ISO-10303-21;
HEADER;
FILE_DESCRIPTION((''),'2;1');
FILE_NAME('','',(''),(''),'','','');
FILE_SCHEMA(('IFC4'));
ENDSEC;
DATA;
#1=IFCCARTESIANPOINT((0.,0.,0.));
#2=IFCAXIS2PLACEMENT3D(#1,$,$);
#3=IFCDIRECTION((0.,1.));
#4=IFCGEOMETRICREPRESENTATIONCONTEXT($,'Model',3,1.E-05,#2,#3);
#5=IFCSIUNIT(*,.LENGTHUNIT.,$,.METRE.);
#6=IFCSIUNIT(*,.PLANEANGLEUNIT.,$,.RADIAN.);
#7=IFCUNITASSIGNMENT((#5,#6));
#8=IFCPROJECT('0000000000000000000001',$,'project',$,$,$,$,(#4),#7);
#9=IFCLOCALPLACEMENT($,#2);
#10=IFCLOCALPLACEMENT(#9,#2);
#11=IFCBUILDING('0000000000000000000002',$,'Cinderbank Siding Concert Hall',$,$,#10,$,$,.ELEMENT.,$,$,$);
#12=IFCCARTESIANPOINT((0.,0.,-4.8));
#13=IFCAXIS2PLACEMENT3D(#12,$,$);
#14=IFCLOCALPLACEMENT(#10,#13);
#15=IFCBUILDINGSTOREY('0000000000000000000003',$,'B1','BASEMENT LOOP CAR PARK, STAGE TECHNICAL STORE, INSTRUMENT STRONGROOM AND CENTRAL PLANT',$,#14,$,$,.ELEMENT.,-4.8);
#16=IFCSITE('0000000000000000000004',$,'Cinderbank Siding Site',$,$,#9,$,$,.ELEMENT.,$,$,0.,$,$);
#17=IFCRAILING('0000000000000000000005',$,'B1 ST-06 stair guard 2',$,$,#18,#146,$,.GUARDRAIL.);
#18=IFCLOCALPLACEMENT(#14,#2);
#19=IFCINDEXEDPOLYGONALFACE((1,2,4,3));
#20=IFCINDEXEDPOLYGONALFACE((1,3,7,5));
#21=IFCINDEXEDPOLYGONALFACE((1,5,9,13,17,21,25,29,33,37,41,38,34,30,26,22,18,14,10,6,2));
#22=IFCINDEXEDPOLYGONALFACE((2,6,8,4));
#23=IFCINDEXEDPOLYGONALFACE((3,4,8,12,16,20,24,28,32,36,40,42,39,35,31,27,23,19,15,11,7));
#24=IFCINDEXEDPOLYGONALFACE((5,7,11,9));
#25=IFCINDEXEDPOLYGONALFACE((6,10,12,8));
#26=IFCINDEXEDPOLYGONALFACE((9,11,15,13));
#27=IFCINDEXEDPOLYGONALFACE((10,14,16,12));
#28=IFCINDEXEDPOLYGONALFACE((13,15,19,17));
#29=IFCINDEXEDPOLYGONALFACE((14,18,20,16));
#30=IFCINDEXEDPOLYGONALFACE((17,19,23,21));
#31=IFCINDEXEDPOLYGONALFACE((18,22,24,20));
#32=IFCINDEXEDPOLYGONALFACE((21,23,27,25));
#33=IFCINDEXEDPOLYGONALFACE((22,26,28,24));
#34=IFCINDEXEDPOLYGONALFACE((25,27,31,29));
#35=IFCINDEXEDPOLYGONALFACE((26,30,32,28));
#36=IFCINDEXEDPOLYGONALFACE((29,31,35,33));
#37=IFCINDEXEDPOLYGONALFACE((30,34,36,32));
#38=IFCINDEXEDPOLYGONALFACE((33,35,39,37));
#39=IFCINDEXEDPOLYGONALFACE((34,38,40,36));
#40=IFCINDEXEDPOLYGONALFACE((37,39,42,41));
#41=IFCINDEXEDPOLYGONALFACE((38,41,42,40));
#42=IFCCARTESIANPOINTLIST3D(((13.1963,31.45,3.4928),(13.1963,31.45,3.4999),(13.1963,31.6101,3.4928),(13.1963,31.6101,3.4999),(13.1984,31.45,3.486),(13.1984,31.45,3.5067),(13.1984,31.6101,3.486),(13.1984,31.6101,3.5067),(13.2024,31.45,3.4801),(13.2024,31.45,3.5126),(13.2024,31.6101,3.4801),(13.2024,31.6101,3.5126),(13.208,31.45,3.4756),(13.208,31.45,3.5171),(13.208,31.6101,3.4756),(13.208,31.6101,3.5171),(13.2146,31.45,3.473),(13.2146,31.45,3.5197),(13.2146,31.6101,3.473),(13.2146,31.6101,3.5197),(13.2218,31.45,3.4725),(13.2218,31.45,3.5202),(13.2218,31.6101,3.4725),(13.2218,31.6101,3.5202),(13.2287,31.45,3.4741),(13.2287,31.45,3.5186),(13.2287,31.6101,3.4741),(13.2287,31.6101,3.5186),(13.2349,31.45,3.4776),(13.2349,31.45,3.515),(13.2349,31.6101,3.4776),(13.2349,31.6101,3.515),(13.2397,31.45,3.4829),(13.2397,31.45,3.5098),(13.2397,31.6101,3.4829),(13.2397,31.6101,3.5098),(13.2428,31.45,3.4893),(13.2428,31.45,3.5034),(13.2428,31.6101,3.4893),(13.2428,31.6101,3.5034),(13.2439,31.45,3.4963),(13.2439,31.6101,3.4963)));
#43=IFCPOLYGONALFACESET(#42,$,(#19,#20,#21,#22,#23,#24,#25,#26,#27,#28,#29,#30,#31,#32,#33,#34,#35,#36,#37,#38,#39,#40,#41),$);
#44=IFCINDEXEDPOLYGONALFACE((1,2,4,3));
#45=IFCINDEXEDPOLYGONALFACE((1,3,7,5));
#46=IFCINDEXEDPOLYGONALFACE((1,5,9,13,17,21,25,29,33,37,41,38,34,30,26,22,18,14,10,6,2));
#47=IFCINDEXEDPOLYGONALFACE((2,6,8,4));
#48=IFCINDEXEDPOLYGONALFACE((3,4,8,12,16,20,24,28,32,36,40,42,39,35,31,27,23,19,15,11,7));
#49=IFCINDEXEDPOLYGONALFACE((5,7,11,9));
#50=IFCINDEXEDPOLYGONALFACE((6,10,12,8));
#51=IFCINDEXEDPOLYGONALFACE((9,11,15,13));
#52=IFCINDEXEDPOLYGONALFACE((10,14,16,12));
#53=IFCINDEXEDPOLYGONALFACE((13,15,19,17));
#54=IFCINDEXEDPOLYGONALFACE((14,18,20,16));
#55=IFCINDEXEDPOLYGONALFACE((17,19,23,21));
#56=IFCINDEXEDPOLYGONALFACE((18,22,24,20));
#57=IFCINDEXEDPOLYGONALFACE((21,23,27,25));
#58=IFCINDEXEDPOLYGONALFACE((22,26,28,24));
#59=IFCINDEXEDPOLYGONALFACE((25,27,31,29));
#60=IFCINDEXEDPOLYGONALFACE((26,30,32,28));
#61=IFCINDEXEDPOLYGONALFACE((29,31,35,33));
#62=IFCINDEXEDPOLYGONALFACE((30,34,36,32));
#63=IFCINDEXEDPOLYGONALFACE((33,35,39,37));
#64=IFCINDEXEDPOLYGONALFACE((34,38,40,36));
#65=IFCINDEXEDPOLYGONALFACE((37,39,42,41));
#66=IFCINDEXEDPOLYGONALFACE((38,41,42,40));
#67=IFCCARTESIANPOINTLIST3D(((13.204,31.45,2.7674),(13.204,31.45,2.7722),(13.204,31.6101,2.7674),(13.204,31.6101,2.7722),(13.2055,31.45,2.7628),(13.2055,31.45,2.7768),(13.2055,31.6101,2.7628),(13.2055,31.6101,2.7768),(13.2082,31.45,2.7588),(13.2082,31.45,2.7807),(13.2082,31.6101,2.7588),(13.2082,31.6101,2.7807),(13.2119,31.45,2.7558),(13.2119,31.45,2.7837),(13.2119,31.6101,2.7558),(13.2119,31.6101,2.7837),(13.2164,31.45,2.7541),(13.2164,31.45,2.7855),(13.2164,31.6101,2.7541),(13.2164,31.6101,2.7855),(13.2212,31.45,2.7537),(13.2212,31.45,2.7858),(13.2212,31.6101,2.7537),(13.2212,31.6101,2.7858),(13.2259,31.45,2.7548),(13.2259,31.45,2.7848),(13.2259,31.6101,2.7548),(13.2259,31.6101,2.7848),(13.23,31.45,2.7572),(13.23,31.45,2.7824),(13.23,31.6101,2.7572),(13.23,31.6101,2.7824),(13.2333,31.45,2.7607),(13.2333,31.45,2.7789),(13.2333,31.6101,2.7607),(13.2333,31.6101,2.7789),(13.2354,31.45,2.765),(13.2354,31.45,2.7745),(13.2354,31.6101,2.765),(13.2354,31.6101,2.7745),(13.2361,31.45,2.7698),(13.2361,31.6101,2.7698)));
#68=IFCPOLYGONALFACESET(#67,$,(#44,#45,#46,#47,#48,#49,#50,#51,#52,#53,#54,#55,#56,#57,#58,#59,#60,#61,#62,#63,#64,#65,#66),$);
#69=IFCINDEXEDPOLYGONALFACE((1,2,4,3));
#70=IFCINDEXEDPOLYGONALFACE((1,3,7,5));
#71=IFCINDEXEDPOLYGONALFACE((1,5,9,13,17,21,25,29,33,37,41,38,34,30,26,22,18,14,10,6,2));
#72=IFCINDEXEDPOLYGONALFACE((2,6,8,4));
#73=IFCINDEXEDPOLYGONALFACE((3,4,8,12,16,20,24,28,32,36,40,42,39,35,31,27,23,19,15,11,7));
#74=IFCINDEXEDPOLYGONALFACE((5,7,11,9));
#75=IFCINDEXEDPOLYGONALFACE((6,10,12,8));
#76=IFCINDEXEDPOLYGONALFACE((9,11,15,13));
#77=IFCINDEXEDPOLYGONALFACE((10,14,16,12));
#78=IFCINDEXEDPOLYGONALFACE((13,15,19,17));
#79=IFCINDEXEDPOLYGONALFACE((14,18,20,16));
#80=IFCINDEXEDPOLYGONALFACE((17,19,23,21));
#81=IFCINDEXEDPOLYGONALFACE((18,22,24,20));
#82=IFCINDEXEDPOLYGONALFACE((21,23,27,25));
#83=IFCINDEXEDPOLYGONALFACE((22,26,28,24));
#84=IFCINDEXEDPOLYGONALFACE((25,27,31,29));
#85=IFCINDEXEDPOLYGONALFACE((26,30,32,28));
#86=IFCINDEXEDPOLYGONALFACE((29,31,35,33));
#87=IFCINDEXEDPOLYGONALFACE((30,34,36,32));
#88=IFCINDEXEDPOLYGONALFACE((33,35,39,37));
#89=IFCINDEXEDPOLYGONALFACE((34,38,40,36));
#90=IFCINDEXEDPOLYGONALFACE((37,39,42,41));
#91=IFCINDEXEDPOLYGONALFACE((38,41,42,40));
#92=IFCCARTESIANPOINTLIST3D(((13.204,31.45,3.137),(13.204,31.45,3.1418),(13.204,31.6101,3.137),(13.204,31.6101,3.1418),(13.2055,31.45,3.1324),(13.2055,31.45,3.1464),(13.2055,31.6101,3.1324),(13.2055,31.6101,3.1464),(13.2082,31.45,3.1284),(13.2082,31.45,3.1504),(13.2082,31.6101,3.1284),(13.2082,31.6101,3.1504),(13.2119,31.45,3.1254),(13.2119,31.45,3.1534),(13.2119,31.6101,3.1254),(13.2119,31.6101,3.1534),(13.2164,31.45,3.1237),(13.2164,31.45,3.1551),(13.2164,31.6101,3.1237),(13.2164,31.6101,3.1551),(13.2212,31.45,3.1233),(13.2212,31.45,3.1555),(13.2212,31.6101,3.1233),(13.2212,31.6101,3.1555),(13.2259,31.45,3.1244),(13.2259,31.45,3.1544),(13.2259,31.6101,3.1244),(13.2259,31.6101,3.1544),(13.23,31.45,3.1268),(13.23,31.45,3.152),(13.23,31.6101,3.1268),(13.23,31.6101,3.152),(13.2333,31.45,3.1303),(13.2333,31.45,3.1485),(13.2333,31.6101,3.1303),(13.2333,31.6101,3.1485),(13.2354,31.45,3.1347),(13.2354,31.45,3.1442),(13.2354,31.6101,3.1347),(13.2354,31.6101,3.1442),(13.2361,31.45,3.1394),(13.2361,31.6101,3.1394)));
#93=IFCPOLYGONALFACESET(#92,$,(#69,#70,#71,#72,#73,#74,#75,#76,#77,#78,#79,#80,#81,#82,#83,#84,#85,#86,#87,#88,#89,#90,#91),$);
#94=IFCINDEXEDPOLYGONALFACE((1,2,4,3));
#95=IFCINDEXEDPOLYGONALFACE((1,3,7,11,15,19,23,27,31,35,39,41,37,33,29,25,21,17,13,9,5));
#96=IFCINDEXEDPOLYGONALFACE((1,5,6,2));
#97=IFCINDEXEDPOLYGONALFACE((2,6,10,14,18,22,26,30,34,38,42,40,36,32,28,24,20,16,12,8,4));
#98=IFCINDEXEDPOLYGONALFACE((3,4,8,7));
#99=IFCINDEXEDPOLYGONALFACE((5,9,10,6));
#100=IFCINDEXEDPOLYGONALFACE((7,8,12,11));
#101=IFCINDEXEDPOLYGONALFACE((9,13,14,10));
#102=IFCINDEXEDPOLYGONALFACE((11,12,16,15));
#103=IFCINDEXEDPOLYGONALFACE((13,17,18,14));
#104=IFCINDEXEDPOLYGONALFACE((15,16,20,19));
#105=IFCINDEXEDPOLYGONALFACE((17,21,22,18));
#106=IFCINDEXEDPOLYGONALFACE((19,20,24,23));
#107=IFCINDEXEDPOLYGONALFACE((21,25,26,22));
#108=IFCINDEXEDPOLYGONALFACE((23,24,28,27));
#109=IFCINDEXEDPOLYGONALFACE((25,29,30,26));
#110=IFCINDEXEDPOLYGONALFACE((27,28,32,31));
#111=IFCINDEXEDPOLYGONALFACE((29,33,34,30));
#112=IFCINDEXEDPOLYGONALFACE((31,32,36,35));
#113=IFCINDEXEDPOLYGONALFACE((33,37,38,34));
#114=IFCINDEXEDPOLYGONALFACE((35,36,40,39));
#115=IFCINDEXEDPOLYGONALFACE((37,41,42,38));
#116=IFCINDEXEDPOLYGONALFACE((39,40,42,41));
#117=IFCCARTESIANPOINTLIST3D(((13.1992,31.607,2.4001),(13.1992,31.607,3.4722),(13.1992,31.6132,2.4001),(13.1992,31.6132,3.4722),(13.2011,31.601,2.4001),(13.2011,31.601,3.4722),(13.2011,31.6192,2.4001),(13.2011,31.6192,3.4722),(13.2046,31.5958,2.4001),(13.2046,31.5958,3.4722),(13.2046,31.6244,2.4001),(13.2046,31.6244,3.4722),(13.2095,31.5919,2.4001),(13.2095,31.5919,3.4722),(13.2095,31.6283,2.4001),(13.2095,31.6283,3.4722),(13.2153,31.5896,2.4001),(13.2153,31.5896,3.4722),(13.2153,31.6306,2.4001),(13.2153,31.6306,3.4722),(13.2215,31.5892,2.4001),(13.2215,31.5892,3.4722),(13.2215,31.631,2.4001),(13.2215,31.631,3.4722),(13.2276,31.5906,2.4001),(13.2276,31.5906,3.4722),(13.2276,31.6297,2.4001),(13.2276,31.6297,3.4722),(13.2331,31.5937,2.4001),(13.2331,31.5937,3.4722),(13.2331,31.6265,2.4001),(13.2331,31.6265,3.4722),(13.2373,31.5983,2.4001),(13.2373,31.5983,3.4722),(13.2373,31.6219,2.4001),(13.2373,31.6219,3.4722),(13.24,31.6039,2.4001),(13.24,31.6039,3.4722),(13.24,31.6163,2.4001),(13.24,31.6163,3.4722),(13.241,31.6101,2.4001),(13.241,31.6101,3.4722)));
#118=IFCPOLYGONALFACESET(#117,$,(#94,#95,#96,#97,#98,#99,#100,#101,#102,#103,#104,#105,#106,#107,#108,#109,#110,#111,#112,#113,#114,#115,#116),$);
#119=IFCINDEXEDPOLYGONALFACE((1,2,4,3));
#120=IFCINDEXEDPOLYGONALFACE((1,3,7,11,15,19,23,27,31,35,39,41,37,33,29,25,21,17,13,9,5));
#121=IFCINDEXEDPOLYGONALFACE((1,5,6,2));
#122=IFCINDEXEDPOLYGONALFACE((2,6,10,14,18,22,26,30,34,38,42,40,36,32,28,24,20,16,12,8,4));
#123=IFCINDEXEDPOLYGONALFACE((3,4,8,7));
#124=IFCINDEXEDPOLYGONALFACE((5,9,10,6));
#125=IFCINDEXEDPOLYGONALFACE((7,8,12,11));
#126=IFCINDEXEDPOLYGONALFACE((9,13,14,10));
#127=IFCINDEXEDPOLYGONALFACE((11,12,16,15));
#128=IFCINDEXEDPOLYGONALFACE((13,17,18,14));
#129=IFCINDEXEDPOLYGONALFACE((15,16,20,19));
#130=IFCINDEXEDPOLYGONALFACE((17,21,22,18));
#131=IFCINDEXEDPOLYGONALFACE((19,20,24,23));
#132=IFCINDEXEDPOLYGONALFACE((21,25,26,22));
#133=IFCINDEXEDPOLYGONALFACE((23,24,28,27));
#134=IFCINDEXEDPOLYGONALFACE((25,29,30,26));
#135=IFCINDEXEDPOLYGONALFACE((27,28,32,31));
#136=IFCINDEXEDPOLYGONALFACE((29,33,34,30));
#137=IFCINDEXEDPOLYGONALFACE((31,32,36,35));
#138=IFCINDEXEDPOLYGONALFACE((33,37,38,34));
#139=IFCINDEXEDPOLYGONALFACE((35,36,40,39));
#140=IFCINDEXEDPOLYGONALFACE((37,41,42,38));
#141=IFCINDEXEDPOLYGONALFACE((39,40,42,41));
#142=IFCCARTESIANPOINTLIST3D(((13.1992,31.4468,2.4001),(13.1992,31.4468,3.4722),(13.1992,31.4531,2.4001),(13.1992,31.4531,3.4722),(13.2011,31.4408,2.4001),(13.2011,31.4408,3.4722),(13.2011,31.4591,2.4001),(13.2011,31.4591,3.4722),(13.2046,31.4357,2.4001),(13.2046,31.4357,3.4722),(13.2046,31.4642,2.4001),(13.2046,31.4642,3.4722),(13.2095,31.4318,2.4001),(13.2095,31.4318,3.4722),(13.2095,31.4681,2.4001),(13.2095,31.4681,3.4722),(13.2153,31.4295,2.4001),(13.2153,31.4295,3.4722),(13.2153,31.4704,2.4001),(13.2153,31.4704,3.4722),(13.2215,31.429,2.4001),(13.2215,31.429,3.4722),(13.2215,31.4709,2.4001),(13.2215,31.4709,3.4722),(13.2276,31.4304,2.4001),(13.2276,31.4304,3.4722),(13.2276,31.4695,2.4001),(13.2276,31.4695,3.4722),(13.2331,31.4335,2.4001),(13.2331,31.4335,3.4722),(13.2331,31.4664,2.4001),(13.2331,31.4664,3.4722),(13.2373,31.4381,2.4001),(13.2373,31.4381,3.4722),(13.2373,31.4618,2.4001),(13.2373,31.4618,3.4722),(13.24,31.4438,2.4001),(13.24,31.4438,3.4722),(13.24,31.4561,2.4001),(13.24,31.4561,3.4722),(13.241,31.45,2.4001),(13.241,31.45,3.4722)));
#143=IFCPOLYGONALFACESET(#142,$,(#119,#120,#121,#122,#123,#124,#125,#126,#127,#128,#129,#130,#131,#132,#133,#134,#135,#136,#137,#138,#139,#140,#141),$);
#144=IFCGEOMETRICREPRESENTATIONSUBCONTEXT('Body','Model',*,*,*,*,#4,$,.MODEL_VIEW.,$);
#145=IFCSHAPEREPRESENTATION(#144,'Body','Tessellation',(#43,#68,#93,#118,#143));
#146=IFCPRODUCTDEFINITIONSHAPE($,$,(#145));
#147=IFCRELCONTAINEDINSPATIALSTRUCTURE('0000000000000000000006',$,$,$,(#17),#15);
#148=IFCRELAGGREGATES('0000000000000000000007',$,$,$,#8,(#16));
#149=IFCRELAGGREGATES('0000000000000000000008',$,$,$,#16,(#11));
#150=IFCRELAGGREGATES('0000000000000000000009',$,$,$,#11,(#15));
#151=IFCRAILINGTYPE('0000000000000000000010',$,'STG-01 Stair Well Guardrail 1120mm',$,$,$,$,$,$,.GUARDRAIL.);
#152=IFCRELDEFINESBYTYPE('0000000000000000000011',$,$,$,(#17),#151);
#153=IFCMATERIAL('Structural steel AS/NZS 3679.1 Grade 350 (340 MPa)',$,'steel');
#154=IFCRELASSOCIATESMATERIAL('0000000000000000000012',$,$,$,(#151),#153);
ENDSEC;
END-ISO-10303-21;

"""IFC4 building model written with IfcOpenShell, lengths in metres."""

from ifc_helpers import new_model, si_unit, direction, frame, origin, origin_2d, place, context, subcontext, project, spatial, circle, extrude, material, type_object, element, save


model = new_model("IFC4")

# Units and contexts
model_context = context("Model", 3, precision=1e-05, world=origin(), true_north=direction((0.0, 1.0)))
body_context = subcontext(model_context, "Body", "Model", "MODEL_VIEW")
ifc_project = project(units=[si_unit("LENGTHUNIT", "METRE"), si_unit("PLANEANGLEUNIT", "RADIAN")], contexts=[model_context])

# Site, building, storey
site_placement = place(None, origin())
site = spatial("IfcSite", under=ifc_project, at=site_placement, Name="Cinderbank Siding Site", CompositionType="ELEMENT", RefElevation=0.0)
building_placement = place(site_placement, origin())
building = spatial("IfcBuilding", under=site, at=building_placement, Name="Cinderbank Siding Concert Hall", CompositionType="ELEMENT")
storey_placement = place(building_placement, frame((0.0, 0.0, -4.8)))
storey = spatial("IfcBuildingStorey", under=building, at=storey_placement, Name="B1", Description="BASEMENT LOOP CAR PARK, STAGE TECHNICAL STORE, INSTRUMENT STRONGROOM AND CENTRAL PLANT", CompositionType="ELEMENT", Elevation=-4.8)

# Shared definitions
ifc_material_1 = material(Name="Structural steel AS/NZS 3679.1 Grade 350 (340 MPa)", Category="steel")

# Railing
railing_type_1 = type_object("IfcRailingType", Name="STG-01 Stair Well Guardrail 1120mm", PredefinedType="GUARDRAIL", material=ifc_material_1)
railing_1_placement = place(storey_placement, frame((13.22, 31.6101, 2.4001)))
element("IfcRailing", 1, at=railing_1_placement, inside=storey, type_object=railing_type_1, Name="B1 ST-06 stair guard 2", PredefinedType="GUARDRAIL", context=body_context, shape_type="SweptSolid", body=[
    extrude(circle(Radius=0.0239, at=origin_2d()), frame((0.0, 0.0, 1.0962), z_axis=(0.0, -1.0, 0.0), x_axis=(1.0, 0.0, 0.0)), (0.0, 0.0, 1.0), 0.1602),
    extrude(circle(Radius=0.0161, at=origin_2d()), frame((0.0, 0.0, 0.3696), z_axis=(0.0, -1.0, 0.0), x_axis=(1.0, 0.0, 0.0)), (0.0, 0.0, 1.0), 0.1602),
    extrude(circle(Radius=0.0161, at=origin_2d()), frame((0.0, 0.0, 0.7393), z_axis=(0.0, -1.0, 0.0), x_axis=(1.0, 0.0, 0.0)), (0.0, 0.0, 1.0), 0.1602),
    extrude(circle(Radius=0.021, at=origin_2d()), origin(), (0.0, 0.0, 1.0), 1.072),
    extrude(circle(Radius=0.021, at=origin_2d()), frame((0.0, -0.1602, 0.0)), (0.0, 0.0, 1.0), 1.072),
])

save(model, "model.ifc")
